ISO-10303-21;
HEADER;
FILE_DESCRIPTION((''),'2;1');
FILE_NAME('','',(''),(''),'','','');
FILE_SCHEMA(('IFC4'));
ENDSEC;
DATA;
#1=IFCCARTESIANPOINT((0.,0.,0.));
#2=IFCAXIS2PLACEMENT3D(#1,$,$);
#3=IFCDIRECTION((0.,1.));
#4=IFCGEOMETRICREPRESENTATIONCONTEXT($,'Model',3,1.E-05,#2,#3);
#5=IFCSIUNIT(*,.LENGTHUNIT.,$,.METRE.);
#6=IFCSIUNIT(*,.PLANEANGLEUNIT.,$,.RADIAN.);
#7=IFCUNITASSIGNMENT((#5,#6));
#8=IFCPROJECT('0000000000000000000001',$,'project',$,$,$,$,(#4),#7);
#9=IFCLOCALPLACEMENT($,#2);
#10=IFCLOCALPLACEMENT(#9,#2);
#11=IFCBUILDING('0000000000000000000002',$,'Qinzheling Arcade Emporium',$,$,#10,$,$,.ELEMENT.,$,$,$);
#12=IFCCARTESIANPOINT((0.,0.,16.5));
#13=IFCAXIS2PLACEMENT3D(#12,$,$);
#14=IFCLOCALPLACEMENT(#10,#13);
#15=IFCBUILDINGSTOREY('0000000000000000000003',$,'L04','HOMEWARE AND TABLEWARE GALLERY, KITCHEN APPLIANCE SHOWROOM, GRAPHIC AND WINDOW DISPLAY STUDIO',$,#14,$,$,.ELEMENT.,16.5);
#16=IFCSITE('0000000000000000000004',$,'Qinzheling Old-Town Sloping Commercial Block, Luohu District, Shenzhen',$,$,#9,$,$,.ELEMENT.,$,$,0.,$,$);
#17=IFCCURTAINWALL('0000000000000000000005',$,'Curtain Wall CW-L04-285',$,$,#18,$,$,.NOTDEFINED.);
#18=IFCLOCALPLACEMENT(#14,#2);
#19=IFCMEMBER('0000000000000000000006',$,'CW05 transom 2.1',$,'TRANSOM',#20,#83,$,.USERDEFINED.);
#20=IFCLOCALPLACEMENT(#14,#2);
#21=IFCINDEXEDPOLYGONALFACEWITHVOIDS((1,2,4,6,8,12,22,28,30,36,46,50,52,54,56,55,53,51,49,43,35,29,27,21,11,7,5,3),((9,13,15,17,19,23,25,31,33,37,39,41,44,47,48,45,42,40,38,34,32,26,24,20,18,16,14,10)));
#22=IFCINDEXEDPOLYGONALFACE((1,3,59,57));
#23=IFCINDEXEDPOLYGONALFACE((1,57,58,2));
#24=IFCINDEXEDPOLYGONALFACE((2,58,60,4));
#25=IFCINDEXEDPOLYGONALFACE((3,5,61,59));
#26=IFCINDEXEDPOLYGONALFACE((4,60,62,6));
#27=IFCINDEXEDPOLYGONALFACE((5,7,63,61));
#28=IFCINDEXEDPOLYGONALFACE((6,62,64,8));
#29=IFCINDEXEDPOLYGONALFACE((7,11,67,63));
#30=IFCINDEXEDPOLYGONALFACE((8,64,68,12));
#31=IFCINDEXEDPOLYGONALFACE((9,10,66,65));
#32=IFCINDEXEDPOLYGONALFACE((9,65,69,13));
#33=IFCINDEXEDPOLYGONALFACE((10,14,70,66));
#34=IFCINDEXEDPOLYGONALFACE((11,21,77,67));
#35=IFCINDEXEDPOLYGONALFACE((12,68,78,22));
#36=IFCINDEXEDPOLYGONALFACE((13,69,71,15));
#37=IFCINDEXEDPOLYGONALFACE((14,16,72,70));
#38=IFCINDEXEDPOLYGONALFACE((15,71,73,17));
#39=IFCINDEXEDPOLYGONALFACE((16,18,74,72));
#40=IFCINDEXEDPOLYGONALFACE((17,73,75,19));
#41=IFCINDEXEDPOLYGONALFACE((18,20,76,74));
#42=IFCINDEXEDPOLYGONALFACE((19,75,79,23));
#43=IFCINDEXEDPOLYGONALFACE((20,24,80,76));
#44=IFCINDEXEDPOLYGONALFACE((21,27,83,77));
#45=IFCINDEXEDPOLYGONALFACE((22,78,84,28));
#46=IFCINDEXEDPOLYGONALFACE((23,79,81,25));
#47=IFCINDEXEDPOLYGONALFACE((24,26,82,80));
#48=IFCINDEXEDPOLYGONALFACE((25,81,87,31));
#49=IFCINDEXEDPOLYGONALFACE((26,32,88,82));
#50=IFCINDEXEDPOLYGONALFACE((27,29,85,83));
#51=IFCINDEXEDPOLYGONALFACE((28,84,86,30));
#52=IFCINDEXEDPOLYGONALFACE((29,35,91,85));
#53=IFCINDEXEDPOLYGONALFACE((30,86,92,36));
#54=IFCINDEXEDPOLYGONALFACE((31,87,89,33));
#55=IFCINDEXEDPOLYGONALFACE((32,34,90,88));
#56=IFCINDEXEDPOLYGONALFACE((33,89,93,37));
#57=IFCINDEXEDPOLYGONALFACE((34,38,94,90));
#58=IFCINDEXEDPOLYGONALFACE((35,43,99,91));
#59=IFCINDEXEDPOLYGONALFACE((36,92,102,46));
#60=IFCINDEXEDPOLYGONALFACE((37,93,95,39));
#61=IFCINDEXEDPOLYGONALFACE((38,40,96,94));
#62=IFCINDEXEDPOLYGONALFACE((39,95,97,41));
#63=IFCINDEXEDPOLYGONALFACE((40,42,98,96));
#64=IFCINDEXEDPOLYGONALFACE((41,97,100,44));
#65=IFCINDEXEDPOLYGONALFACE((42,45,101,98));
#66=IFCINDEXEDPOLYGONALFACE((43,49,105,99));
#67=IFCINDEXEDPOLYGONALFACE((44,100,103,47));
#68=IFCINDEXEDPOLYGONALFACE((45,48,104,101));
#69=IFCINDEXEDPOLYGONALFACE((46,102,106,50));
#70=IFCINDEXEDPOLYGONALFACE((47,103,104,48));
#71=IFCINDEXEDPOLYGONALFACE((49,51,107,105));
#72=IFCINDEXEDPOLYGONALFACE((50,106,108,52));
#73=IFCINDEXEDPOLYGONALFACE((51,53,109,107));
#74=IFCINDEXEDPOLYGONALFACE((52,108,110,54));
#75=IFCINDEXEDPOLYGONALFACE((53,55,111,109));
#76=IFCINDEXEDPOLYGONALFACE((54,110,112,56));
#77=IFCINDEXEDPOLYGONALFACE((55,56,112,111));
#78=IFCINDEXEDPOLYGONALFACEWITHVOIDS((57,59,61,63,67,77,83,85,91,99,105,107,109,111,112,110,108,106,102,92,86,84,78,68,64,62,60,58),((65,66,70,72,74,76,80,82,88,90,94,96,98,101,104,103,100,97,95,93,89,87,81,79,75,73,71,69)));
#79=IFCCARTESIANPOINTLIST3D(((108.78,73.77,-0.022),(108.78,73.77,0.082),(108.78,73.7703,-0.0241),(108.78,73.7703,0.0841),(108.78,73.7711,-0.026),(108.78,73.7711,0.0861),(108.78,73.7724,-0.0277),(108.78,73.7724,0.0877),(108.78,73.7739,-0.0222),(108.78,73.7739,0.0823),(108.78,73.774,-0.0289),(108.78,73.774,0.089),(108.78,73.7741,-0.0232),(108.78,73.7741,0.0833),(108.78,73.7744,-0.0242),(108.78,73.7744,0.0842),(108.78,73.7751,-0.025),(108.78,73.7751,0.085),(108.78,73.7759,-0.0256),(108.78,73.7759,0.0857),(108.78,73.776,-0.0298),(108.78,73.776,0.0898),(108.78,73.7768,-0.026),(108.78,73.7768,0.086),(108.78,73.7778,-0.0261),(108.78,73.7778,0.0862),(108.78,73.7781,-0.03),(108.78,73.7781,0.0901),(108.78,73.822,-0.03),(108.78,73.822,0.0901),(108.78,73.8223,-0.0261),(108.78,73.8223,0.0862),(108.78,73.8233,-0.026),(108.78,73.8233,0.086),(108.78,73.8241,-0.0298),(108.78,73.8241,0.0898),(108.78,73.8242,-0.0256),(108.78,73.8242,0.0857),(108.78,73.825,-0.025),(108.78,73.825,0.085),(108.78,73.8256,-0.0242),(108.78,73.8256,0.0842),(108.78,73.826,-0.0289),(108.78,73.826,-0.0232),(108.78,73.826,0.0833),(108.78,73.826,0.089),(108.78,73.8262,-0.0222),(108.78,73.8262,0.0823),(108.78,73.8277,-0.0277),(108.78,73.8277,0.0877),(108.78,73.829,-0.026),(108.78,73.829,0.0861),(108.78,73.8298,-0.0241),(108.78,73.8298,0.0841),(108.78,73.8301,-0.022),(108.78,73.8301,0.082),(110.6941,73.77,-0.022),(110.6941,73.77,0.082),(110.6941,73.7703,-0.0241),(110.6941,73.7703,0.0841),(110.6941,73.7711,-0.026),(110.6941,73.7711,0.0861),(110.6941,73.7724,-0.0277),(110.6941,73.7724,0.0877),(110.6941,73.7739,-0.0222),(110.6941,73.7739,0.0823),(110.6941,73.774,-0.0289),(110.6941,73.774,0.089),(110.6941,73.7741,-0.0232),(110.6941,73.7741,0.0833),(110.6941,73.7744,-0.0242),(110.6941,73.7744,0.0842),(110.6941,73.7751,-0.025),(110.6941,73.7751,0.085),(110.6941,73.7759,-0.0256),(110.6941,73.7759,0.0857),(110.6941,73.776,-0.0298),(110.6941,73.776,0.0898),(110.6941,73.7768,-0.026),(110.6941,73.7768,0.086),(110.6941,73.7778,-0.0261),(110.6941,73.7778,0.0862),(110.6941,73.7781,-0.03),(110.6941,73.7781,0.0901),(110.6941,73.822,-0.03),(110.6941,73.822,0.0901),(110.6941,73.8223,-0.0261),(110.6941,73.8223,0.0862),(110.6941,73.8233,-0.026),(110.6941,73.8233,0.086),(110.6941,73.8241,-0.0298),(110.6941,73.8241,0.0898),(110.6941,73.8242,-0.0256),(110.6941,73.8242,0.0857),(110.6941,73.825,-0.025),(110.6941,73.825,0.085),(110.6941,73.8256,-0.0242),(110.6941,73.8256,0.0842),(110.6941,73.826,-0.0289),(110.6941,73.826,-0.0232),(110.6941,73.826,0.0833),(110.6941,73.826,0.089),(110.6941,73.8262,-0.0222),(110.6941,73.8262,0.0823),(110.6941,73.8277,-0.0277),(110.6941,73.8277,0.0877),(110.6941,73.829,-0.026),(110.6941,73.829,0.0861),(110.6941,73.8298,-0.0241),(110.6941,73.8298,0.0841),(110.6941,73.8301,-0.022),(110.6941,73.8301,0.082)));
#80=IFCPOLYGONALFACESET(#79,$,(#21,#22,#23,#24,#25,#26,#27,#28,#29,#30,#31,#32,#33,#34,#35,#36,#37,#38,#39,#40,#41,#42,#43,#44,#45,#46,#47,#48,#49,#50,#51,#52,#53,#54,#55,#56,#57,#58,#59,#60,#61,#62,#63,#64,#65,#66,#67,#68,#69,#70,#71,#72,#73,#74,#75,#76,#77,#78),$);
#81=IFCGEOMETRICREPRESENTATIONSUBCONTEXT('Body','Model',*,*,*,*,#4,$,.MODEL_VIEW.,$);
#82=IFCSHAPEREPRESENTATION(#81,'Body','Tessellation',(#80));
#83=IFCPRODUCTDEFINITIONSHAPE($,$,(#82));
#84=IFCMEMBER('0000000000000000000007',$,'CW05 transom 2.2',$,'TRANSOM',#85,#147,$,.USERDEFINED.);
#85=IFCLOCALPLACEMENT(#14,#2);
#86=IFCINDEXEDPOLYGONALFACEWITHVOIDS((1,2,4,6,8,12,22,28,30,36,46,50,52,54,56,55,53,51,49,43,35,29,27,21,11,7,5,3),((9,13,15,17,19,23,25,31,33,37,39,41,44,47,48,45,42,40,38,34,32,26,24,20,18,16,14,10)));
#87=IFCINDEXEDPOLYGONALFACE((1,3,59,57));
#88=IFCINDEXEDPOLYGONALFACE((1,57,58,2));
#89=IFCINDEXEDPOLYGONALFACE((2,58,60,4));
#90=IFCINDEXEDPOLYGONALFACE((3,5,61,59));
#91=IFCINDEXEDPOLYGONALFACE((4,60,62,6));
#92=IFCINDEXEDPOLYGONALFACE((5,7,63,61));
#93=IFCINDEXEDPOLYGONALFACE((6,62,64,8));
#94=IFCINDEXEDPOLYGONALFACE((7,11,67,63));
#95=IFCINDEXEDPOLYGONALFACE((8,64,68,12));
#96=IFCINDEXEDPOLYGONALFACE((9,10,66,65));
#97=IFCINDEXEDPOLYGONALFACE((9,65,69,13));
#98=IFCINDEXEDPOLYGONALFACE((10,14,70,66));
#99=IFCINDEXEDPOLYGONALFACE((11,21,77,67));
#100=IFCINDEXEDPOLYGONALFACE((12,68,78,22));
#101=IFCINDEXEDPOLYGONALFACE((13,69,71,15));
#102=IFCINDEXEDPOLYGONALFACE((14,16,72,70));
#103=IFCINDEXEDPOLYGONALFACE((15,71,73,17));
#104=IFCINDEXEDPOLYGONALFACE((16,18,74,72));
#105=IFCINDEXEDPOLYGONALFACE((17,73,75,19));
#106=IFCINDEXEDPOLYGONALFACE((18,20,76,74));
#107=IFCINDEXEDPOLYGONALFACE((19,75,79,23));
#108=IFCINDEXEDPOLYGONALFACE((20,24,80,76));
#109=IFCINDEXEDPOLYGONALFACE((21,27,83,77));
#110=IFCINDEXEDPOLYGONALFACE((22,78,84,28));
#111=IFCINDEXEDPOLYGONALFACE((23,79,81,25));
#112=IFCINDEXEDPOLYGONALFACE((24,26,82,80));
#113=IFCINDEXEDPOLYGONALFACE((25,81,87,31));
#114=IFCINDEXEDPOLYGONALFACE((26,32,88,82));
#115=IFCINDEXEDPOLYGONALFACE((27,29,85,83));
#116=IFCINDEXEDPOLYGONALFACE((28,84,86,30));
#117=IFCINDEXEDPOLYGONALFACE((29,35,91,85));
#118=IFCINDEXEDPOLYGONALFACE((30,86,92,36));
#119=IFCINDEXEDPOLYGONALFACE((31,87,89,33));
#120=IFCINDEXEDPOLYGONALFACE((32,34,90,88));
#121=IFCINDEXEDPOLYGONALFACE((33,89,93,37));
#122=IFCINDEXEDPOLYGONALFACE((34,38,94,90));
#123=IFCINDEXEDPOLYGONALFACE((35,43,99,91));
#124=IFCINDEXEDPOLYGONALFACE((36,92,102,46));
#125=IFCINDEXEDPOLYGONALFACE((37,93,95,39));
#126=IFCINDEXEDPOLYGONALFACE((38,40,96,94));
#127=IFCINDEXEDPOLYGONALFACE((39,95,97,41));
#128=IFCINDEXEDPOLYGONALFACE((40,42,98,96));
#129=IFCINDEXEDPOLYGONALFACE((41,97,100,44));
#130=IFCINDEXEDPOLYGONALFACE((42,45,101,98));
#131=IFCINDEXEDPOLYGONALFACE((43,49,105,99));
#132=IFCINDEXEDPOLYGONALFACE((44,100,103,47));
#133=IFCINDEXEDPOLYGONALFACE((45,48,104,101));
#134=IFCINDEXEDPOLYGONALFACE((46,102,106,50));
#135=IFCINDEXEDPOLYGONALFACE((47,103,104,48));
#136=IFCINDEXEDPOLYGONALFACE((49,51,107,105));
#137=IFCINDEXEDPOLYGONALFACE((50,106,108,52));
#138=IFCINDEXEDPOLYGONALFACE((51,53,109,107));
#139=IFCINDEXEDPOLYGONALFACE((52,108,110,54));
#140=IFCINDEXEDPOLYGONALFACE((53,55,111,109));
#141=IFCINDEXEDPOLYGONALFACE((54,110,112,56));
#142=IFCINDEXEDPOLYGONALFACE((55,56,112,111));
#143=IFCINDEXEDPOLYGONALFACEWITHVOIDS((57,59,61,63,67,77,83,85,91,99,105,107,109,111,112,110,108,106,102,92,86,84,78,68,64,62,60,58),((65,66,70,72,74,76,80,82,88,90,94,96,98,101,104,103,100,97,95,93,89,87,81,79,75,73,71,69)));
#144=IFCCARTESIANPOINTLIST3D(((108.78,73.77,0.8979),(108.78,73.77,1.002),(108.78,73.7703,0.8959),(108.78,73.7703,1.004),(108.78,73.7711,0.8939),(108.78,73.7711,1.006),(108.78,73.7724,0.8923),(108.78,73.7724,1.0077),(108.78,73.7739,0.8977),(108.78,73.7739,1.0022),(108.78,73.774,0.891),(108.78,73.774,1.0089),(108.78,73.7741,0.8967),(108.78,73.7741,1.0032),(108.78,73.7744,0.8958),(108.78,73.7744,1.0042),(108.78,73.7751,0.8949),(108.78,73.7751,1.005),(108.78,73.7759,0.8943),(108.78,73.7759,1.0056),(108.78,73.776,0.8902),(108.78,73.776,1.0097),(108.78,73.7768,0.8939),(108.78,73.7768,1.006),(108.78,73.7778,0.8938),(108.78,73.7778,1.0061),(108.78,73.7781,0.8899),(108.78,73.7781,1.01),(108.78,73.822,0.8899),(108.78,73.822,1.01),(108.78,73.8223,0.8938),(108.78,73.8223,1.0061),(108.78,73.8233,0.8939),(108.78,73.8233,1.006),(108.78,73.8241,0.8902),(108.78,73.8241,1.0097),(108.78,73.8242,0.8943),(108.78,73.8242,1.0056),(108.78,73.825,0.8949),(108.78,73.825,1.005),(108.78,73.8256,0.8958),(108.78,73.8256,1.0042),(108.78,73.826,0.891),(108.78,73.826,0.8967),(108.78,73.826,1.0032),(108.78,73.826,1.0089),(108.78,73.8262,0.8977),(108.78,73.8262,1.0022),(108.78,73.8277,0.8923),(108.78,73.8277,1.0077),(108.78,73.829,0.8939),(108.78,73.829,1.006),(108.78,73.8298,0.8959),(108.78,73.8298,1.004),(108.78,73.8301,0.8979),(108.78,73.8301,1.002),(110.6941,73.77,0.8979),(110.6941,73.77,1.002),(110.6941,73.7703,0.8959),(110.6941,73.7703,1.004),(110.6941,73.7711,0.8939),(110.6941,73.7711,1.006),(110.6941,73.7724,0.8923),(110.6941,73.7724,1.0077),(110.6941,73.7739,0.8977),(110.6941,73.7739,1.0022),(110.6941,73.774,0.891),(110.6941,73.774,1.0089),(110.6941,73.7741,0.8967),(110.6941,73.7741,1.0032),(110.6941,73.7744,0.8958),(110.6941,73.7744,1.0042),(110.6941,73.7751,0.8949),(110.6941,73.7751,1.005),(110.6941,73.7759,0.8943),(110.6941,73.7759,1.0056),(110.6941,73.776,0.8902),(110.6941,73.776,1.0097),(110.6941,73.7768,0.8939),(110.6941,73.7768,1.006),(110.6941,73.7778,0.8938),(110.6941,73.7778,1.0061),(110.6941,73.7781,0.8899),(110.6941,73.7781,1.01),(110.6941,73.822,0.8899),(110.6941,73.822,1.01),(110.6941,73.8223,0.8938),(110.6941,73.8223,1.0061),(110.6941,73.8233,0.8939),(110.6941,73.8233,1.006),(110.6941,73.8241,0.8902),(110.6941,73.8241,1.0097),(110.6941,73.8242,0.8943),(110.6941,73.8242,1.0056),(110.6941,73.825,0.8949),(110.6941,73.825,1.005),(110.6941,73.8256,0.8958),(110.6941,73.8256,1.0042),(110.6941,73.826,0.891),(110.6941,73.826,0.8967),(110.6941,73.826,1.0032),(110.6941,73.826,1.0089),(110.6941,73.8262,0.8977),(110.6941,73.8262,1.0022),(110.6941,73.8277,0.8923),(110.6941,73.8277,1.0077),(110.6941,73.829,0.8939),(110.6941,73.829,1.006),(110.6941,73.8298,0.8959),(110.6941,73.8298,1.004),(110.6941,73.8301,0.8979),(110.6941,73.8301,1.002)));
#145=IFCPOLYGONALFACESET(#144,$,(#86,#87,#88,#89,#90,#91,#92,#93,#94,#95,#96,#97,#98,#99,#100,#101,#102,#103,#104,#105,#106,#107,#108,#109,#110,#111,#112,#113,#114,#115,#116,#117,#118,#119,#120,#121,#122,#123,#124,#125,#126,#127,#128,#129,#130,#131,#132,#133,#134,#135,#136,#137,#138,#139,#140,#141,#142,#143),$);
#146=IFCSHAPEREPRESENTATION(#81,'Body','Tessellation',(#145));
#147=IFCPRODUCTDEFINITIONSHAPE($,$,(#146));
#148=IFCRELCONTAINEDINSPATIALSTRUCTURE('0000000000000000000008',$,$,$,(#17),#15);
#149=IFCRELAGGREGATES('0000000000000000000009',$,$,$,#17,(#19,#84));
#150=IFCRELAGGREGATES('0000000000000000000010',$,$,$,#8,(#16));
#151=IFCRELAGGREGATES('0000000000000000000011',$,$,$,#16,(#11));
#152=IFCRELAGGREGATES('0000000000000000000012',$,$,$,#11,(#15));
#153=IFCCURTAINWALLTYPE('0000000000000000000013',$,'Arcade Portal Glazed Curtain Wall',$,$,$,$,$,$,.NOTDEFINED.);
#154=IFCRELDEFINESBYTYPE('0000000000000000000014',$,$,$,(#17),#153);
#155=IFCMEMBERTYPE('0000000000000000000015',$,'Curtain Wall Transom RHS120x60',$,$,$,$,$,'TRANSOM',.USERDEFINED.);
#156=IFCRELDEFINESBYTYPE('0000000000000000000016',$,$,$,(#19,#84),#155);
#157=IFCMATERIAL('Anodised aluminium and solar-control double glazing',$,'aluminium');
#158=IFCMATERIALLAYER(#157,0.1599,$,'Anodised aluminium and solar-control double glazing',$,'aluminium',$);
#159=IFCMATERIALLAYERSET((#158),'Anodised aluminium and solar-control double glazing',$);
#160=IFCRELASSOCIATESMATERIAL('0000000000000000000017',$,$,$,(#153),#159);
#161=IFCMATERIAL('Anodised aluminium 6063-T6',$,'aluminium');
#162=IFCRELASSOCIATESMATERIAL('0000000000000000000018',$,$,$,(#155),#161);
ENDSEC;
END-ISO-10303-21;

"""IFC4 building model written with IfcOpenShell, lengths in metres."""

from ifc_helpers import new_model, si_unit, direction, frame, origin, origin_2d, place, context, subcontext, project, spatial, hollow_rectangle, extrude, material, layer, layer_set, material_profile, profile_set, type_object, element, aggregate, save


model = new_model("IFC4")

# Units and contexts
model_context = context("Model", 3, precision=1e-05, world=origin(), true_north=direction((0.0, 1.0)))
body_context = subcontext(model_context, "Body", "Model", "MODEL_VIEW")
ifc_project = project(units=[si_unit("LENGTHUNIT", "METRE"), si_unit("PLANEANGLEUNIT", "RADIAN")], contexts=[model_context])

# Site, building, storey
site_placement = place(None, origin())
site = spatial("IfcSite", under=ifc_project, at=site_placement, Name="Qinzheling Old-Town Sloping Commercial Block, Luohu District, Shenzhen", CompositionType="ELEMENT", RefElevation=0.0)
building_placement = place(site_placement, origin())
building = spatial("IfcBuilding", under=site, at=building_placement, Name="Qinzheling Arcade Emporium", CompositionType="ELEMENT")
storey_placement = place(building_placement, frame((0.0, 0.0, 16.5)))
storey = spatial("IfcBuildingStorey", under=building, at=storey_placement, Name="L04", Description="HOMEWARE AND TABLEWARE GALLERY, KITCHEN APPLIANCE SHOWROOM, GRAPHIC AND WINDOW DISPLAY STUDIO", CompositionType="ELEMENT", Elevation=16.5)

# Curtain wall, members
ifc_material_1 = material(Name="Anodised aluminium and solar-control double glazing", Category="aluminium")
ifc_layer_1 = layer(ifc_material_1, 0.1599, Name="Anodised aluminium and solar-control double glazing", Category="aluminium")
ifc_layer_set_1 = layer_set([ifc_layer_1], Name="Anodised aluminium and solar-control double glazing")
curtain_wall_type = type_object("IfcCurtainWallType", Name="Arcade Portal Glazed Curtain Wall", PredefinedType="NOTDEFINED", material=ifc_layer_set_1)
curtain_wall_placement = place(storey_placement, origin())
curtain_wall = element("IfcCurtainWall", 1, at=curtain_wall_placement, inside=storey, type_object=curtain_wall_type, Name="Curtain Wall CW-L04-285", PredefinedType="NOTDEFINED")
ifc_material_2 = material(Name="Anodised aluminium 6063-T6", Category="aluminium")
ifc_material_profile_1 = material_profile(ifc_material_2, hollow_rectangle(XDim=0.0601, YDim=0.1201, WallThickness=0.0039, InnerFilletRadius=0.0039, OuterFilletRadius=0.0081, at=origin_2d()), Name="RHS 120x60x4", Category="aluminium")
ifc_profile_set_1 = profile_set([ifc_material_profile_1], Name="Anodised aluminium 6063-T6")
member_type_1 = type_object("IfcMemberType", Name="Curtain Wall Transom RHS120x60", ElementType="TRANSOM", PredefinedType="USERDEFINED", material=ifc_profile_set_1)
member_1_placement = place(storey_placement, frame((110.6941, 73.8, 0.03), z_axis=(-1.0, 0.0, 0.0), x_axis=(0.0, -1.0, 0.0)))
member_1 = element("IfcMember", 2, at=member_1_placement, type_object=member_type_1, Name="CW05 transom 2.1", ObjectType="TRANSOM", PredefinedType="USERDEFINED", context=body_context, shape_type="SweptSolid", body=[
    extrude(hollow_rectangle(XDim=0.0601, YDim=0.1201, WallThickness=0.0039, InnerFilletRadius=0.0039, OuterFilletRadius=0.0081, at=origin_2d()), origin(), (0.0, 0.0, 1.0), 1.9141),
])
member_2_placement = place(storey_placement, frame((110.6941, 73.8, 0.95), z_axis=(-1.0, 0.0, 0.0), x_axis=(0.0, -1.0, 0.0)))
member_2 = element("IfcMember", 3, at=member_2_placement, type_object=member_type_1, Name="CW05 transom 2.2", ObjectType="TRANSOM", PredefinedType="USERDEFINED", context=body_context, shape_type="SweptSolid", body=[
    extrude(hollow_rectangle(XDim=0.0601, YDim=0.1201, WallThickness=0.0039, InnerFilletRadius=0.0039, OuterFilletRadius=0.0081, at=origin_2d()), origin(), (0.0, 0.0, 1.0), 1.9141),
])

aggregate(curtain_wall, [member_1, member_2])

save(model, "model.ifc")
